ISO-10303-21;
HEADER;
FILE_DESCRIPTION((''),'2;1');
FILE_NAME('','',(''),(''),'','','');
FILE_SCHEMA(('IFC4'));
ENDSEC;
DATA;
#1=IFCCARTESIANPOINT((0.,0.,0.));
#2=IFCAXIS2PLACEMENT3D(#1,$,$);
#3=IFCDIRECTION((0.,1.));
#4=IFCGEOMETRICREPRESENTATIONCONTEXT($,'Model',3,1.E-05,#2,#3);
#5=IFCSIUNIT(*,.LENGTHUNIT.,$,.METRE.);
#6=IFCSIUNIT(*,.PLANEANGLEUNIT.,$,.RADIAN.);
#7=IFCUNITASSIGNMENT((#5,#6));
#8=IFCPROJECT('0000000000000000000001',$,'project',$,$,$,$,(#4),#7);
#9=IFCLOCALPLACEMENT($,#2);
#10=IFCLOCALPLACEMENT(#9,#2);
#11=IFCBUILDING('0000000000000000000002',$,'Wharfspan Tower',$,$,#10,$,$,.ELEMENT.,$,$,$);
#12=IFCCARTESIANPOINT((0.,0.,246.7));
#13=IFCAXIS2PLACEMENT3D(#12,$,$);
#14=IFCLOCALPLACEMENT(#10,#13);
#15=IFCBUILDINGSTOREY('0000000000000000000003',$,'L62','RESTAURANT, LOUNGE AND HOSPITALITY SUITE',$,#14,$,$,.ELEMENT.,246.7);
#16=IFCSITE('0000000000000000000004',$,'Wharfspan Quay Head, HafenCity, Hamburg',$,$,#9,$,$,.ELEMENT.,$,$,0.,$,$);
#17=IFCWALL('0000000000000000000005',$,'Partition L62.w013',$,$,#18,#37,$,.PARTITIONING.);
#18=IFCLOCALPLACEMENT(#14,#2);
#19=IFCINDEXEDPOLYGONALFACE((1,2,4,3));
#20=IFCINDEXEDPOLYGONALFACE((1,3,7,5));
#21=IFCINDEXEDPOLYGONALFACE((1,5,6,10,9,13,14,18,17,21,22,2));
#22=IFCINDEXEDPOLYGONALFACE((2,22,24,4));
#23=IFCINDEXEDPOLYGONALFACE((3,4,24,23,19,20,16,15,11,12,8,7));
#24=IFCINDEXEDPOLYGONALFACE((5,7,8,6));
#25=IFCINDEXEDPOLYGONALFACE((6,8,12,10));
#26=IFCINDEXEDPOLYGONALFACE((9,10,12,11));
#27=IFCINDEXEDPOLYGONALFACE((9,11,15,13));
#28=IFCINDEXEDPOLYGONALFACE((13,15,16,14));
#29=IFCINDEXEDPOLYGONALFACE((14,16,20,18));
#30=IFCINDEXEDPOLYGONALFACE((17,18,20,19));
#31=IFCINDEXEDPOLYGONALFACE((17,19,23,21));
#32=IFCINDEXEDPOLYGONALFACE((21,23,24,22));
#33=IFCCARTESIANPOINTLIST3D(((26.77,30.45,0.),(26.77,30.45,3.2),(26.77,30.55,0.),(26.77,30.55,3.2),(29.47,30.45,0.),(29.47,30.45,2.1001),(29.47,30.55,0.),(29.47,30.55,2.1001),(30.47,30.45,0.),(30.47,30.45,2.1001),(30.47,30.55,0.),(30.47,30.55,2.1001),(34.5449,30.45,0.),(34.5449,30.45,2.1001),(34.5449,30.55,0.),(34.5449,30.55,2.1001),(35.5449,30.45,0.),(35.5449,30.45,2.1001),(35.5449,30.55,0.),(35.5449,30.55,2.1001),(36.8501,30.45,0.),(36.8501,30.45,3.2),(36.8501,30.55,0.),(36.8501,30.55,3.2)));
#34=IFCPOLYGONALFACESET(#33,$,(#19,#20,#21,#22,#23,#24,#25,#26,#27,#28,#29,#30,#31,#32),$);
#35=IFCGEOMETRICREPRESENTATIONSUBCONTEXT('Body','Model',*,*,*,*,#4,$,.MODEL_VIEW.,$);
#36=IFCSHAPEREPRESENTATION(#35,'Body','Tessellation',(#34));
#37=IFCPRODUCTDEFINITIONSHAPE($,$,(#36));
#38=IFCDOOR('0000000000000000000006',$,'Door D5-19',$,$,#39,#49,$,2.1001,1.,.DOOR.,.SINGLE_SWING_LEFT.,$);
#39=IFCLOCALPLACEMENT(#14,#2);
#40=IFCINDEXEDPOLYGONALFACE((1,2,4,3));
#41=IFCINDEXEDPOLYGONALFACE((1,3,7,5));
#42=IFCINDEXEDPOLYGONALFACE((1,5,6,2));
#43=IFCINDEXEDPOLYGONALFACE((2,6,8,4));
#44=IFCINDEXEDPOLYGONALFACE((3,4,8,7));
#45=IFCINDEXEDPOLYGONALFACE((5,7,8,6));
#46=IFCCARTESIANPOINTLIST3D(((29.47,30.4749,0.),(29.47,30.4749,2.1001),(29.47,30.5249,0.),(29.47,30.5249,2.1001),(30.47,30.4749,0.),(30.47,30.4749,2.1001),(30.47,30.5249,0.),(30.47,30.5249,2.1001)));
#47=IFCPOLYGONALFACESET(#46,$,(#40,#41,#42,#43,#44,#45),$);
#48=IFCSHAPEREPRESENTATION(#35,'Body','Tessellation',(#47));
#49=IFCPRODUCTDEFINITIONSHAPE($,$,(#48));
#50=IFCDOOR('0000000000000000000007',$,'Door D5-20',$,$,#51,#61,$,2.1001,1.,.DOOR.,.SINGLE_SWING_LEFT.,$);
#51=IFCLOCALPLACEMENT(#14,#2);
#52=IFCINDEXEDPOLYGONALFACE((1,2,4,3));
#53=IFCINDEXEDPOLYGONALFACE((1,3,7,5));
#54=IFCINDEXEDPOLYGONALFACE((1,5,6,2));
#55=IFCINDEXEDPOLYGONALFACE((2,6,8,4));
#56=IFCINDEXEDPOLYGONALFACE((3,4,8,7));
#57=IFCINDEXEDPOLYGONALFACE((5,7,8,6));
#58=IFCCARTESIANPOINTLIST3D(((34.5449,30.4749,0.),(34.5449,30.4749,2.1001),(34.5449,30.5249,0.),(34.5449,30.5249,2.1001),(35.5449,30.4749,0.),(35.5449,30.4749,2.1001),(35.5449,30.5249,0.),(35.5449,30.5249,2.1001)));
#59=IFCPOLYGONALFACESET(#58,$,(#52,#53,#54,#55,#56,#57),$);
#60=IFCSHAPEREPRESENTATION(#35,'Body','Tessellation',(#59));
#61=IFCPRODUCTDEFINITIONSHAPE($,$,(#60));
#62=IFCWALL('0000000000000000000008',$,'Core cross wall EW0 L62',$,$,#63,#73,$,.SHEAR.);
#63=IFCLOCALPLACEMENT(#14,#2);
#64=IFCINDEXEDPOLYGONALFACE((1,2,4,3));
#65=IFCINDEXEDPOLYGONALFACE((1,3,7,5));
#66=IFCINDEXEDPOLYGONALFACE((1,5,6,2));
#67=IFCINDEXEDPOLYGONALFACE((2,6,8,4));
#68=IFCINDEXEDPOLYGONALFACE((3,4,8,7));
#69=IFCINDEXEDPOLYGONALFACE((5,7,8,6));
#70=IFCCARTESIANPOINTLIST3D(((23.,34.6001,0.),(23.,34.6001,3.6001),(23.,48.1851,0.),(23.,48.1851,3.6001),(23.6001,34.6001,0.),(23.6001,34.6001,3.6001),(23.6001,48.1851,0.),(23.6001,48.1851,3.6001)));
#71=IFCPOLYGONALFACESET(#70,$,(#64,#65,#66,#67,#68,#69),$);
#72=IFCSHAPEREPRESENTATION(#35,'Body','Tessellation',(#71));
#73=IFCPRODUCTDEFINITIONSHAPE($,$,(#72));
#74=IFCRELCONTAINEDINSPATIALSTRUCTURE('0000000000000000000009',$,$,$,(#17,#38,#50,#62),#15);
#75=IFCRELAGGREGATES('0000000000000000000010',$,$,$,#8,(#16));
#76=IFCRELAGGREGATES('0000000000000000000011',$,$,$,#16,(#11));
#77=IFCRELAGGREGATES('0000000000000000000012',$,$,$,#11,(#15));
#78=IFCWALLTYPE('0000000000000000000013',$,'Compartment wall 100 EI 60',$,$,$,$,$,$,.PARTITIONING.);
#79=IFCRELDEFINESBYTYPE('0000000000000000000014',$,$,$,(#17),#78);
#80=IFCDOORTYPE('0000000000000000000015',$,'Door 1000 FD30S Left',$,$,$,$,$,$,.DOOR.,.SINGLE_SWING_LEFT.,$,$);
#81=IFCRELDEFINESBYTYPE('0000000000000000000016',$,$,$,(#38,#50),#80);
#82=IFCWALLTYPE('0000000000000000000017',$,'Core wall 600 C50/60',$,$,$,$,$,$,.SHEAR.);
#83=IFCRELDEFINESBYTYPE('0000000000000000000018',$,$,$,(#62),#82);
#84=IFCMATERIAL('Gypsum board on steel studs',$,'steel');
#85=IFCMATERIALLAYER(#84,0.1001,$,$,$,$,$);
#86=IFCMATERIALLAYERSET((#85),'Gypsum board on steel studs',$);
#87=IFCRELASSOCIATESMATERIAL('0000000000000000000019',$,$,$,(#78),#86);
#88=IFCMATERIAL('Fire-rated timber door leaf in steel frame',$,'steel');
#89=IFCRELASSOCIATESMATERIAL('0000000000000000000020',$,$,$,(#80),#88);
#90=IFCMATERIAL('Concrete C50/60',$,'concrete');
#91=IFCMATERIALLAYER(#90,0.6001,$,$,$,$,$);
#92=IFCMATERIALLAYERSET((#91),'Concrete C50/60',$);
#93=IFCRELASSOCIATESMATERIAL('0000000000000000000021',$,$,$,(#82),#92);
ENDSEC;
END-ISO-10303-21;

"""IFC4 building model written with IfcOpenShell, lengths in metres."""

from ifc_helpers import new_model, si_unit, direction, frame, frame_2d, origin, place, context, subcontext, project, spatial, rectangle, extrude, material, layer, layer_set, type_object, element, fill, save


model = new_model("IFC4")

# Units and contexts
model_context = context("Model", 3, precision=1e-05, world=origin(), true_north=direction((0.0, 1.0)))
body_context = subcontext(model_context, "Body", "Model", "MODEL_VIEW")
ifc_project = project(units=[si_unit("LENGTHUNIT", "METRE"), si_unit("PLANEANGLEUNIT", "RADIAN")], contexts=[model_context])

# Site, building, storey
site_placement = place(None, origin())
site = spatial("IfcSite", under=ifc_project, at=site_placement, Name="Wharfspan Quay Head, HafenCity, Hamburg", CompositionType="ELEMENT", RefElevation=0.0)
building_placement = place(site_placement, origin())
building = spatial("IfcBuilding", under=site, at=building_placement, Name="Wharfspan Tower", CompositionType="ELEMENT")
storey_placement = place(building_placement, frame((0.0, 0.0, 246.7)))
storey = spatial("IfcBuildingStorey", under=building, at=storey_placement, Name="L62", Description="RESTAURANT, LOUNGE AND HOSPITALITY SUITE", CompositionType="ELEMENT", Elevation=246.7)

# Shared definitions
ifc_material_1 = material(Name="Gypsum board on steel studs", Category="steel")
ifc_layer_1 = layer(ifc_material_1, 0.1001)
ifc_layer_set_1 = layer_set([ifc_layer_1], Name="Gypsum board on steel studs")
wall_type_1 = type_object("IfcWallType", Name="Compartment wall 100 EI 60", PredefinedType="PARTITIONING", material=ifc_layer_set_1)

# Shared definitions
ifc_material_2 = material(Name="Fire-rated timber door leaf in steel frame", Category="steel")

# Wall, openings, doors
wall_1_placement = place(storey_placement, frame((26.77, 30.5, 0.0), z_axis=(0.0, 0.0, 1.0), x_axis=(1.0, 0.0, 0.0)))
wall_1 = element("IfcWall", 1, at=wall_1_placement, inside=storey, type_object=wall_type_1, Name="Partition L62.w013", PredefinedType="PARTITIONING", context=body_context, shape_type="SweptSolid", body=[
    extrude(rectangle(XDim=10.0801, YDim=0.1001, at=frame_2d((5.04, 0.0))), origin(), (0.0, 0.0, 1.0), 3.2),
])
opening_1_placement = place(wall_1_placement, frame((2.7, 0.0, 0.0)))
opening_1 = element("IfcOpeningElement", 2, at=opening_1_placement, cuts=wall_1, PredefinedType="OPENING", context=body_context, shape_type="SweptSolid", body=[
    extrude(rectangle(XDim=1.0, YDim=2.1001, at=frame_2d((0.5, 1.05))), frame((0.0, 0.0601, 0.0), z_axis=(0.0, -1.0, 0.0), x_axis=(1.0, 0.0, 0.0)), (0.0, 0.0, 1.0), 0.1201),
])
opening_2_placement = place(wall_1_placement, frame((7.7749, 0.0, 0.0)))
opening_2 = element("IfcOpeningElement", 3, at=opening_2_placement, cuts=wall_1, PredefinedType="OPENING", context=body_context, shape_type="SweptSolid", body=[
    extrude(rectangle(XDim=1.0, YDim=2.1001, at=frame_2d((0.5, 1.05))), frame((0.0, 0.0601, 0.0), z_axis=(0.0, -1.0, 0.0), x_axis=(1.0, 0.0, 0.0)), (0.0, 0.0, 1.0), 0.1201),
])
door_type_1 = type_object("IfcDoorType", Name="Door 1000 FD30S Left", OperationType="SINGLE_SWING_LEFT", PredefinedType="DOOR", material=ifc_material_2)
door_1_placement = place(opening_1_placement, origin())
door_1 = element("IfcDoor", 4, at=door_1_placement, inside=storey, type_object=door_type_1, Name="Door D5-19", OperationType="SINGLE_SWING_LEFT", OverallHeight=2.1001, OverallWidth=1.0, PredefinedType="DOOR", context=body_context, shape_type="SweptSolid", body=[
    extrude(rectangle(XDim=1.0, YDim=2.1001, at=frame_2d((0.5, 1.05))), frame((0.0, 0.0249, 0.0), z_axis=(0.0, -1.0, 0.0), x_axis=(1.0, 0.0, 0.0)), (0.0, 0.0, 1.0), 0.05),
])
fill(opening_1, door_1)
door_2_placement = place(opening_2_placement, origin())
door_2 = element("IfcDoor", 5, at=door_2_placement, inside=storey, type_object=door_type_1, Name="Door D5-20", OperationType="SINGLE_SWING_LEFT", OverallHeight=2.1001, OverallWidth=1.0, PredefinedType="DOOR", context=body_context, shape_type="SweptSolid", body=[
    extrude(rectangle(XDim=1.0, YDim=2.1001, at=frame_2d((0.5, 1.05))), frame((0.0, 0.0249, 0.0), z_axis=(0.0, -1.0, 0.0), x_axis=(1.0, 0.0, 0.0)), (0.0, 0.0, 1.0), 0.05),
])
fill(opening_2, door_2)
ifc_material_3 = material(Name="Concrete C50/60", Category="concrete")
ifc_layer_2 = layer(ifc_material_3, 0.6001)
ifc_layer_set_2 = layer_set([ifc_layer_2], Name="Concrete C50/60")
wall_type_2 = type_object("IfcWallType", Name="Core wall 600 C50/60", PredefinedType="SHEAR", material=ifc_layer_set_2)

# Wall
wall_2_placement = place(storey_placement, frame((23.3, 34.6001, 0.0), z_axis=(0.0, 0.0, 1.0), x_axis=(0.0, 1.0, 0.0)))
element("IfcWall", 6, at=wall_2_placement, inside=storey, type_object=wall_type_2, Name="Core cross wall EW0 L62", PredefinedType="SHEAR", context=body_context, shape_type="SweptSolid", body=[
    extrude(rectangle(XDim=13.585, YDim=0.6001, at=frame_2d((6.7925, 0.0))), origin(), (0.0, 0.0, 1.0), 3.6001),
])

save(model, "model.ifc")
